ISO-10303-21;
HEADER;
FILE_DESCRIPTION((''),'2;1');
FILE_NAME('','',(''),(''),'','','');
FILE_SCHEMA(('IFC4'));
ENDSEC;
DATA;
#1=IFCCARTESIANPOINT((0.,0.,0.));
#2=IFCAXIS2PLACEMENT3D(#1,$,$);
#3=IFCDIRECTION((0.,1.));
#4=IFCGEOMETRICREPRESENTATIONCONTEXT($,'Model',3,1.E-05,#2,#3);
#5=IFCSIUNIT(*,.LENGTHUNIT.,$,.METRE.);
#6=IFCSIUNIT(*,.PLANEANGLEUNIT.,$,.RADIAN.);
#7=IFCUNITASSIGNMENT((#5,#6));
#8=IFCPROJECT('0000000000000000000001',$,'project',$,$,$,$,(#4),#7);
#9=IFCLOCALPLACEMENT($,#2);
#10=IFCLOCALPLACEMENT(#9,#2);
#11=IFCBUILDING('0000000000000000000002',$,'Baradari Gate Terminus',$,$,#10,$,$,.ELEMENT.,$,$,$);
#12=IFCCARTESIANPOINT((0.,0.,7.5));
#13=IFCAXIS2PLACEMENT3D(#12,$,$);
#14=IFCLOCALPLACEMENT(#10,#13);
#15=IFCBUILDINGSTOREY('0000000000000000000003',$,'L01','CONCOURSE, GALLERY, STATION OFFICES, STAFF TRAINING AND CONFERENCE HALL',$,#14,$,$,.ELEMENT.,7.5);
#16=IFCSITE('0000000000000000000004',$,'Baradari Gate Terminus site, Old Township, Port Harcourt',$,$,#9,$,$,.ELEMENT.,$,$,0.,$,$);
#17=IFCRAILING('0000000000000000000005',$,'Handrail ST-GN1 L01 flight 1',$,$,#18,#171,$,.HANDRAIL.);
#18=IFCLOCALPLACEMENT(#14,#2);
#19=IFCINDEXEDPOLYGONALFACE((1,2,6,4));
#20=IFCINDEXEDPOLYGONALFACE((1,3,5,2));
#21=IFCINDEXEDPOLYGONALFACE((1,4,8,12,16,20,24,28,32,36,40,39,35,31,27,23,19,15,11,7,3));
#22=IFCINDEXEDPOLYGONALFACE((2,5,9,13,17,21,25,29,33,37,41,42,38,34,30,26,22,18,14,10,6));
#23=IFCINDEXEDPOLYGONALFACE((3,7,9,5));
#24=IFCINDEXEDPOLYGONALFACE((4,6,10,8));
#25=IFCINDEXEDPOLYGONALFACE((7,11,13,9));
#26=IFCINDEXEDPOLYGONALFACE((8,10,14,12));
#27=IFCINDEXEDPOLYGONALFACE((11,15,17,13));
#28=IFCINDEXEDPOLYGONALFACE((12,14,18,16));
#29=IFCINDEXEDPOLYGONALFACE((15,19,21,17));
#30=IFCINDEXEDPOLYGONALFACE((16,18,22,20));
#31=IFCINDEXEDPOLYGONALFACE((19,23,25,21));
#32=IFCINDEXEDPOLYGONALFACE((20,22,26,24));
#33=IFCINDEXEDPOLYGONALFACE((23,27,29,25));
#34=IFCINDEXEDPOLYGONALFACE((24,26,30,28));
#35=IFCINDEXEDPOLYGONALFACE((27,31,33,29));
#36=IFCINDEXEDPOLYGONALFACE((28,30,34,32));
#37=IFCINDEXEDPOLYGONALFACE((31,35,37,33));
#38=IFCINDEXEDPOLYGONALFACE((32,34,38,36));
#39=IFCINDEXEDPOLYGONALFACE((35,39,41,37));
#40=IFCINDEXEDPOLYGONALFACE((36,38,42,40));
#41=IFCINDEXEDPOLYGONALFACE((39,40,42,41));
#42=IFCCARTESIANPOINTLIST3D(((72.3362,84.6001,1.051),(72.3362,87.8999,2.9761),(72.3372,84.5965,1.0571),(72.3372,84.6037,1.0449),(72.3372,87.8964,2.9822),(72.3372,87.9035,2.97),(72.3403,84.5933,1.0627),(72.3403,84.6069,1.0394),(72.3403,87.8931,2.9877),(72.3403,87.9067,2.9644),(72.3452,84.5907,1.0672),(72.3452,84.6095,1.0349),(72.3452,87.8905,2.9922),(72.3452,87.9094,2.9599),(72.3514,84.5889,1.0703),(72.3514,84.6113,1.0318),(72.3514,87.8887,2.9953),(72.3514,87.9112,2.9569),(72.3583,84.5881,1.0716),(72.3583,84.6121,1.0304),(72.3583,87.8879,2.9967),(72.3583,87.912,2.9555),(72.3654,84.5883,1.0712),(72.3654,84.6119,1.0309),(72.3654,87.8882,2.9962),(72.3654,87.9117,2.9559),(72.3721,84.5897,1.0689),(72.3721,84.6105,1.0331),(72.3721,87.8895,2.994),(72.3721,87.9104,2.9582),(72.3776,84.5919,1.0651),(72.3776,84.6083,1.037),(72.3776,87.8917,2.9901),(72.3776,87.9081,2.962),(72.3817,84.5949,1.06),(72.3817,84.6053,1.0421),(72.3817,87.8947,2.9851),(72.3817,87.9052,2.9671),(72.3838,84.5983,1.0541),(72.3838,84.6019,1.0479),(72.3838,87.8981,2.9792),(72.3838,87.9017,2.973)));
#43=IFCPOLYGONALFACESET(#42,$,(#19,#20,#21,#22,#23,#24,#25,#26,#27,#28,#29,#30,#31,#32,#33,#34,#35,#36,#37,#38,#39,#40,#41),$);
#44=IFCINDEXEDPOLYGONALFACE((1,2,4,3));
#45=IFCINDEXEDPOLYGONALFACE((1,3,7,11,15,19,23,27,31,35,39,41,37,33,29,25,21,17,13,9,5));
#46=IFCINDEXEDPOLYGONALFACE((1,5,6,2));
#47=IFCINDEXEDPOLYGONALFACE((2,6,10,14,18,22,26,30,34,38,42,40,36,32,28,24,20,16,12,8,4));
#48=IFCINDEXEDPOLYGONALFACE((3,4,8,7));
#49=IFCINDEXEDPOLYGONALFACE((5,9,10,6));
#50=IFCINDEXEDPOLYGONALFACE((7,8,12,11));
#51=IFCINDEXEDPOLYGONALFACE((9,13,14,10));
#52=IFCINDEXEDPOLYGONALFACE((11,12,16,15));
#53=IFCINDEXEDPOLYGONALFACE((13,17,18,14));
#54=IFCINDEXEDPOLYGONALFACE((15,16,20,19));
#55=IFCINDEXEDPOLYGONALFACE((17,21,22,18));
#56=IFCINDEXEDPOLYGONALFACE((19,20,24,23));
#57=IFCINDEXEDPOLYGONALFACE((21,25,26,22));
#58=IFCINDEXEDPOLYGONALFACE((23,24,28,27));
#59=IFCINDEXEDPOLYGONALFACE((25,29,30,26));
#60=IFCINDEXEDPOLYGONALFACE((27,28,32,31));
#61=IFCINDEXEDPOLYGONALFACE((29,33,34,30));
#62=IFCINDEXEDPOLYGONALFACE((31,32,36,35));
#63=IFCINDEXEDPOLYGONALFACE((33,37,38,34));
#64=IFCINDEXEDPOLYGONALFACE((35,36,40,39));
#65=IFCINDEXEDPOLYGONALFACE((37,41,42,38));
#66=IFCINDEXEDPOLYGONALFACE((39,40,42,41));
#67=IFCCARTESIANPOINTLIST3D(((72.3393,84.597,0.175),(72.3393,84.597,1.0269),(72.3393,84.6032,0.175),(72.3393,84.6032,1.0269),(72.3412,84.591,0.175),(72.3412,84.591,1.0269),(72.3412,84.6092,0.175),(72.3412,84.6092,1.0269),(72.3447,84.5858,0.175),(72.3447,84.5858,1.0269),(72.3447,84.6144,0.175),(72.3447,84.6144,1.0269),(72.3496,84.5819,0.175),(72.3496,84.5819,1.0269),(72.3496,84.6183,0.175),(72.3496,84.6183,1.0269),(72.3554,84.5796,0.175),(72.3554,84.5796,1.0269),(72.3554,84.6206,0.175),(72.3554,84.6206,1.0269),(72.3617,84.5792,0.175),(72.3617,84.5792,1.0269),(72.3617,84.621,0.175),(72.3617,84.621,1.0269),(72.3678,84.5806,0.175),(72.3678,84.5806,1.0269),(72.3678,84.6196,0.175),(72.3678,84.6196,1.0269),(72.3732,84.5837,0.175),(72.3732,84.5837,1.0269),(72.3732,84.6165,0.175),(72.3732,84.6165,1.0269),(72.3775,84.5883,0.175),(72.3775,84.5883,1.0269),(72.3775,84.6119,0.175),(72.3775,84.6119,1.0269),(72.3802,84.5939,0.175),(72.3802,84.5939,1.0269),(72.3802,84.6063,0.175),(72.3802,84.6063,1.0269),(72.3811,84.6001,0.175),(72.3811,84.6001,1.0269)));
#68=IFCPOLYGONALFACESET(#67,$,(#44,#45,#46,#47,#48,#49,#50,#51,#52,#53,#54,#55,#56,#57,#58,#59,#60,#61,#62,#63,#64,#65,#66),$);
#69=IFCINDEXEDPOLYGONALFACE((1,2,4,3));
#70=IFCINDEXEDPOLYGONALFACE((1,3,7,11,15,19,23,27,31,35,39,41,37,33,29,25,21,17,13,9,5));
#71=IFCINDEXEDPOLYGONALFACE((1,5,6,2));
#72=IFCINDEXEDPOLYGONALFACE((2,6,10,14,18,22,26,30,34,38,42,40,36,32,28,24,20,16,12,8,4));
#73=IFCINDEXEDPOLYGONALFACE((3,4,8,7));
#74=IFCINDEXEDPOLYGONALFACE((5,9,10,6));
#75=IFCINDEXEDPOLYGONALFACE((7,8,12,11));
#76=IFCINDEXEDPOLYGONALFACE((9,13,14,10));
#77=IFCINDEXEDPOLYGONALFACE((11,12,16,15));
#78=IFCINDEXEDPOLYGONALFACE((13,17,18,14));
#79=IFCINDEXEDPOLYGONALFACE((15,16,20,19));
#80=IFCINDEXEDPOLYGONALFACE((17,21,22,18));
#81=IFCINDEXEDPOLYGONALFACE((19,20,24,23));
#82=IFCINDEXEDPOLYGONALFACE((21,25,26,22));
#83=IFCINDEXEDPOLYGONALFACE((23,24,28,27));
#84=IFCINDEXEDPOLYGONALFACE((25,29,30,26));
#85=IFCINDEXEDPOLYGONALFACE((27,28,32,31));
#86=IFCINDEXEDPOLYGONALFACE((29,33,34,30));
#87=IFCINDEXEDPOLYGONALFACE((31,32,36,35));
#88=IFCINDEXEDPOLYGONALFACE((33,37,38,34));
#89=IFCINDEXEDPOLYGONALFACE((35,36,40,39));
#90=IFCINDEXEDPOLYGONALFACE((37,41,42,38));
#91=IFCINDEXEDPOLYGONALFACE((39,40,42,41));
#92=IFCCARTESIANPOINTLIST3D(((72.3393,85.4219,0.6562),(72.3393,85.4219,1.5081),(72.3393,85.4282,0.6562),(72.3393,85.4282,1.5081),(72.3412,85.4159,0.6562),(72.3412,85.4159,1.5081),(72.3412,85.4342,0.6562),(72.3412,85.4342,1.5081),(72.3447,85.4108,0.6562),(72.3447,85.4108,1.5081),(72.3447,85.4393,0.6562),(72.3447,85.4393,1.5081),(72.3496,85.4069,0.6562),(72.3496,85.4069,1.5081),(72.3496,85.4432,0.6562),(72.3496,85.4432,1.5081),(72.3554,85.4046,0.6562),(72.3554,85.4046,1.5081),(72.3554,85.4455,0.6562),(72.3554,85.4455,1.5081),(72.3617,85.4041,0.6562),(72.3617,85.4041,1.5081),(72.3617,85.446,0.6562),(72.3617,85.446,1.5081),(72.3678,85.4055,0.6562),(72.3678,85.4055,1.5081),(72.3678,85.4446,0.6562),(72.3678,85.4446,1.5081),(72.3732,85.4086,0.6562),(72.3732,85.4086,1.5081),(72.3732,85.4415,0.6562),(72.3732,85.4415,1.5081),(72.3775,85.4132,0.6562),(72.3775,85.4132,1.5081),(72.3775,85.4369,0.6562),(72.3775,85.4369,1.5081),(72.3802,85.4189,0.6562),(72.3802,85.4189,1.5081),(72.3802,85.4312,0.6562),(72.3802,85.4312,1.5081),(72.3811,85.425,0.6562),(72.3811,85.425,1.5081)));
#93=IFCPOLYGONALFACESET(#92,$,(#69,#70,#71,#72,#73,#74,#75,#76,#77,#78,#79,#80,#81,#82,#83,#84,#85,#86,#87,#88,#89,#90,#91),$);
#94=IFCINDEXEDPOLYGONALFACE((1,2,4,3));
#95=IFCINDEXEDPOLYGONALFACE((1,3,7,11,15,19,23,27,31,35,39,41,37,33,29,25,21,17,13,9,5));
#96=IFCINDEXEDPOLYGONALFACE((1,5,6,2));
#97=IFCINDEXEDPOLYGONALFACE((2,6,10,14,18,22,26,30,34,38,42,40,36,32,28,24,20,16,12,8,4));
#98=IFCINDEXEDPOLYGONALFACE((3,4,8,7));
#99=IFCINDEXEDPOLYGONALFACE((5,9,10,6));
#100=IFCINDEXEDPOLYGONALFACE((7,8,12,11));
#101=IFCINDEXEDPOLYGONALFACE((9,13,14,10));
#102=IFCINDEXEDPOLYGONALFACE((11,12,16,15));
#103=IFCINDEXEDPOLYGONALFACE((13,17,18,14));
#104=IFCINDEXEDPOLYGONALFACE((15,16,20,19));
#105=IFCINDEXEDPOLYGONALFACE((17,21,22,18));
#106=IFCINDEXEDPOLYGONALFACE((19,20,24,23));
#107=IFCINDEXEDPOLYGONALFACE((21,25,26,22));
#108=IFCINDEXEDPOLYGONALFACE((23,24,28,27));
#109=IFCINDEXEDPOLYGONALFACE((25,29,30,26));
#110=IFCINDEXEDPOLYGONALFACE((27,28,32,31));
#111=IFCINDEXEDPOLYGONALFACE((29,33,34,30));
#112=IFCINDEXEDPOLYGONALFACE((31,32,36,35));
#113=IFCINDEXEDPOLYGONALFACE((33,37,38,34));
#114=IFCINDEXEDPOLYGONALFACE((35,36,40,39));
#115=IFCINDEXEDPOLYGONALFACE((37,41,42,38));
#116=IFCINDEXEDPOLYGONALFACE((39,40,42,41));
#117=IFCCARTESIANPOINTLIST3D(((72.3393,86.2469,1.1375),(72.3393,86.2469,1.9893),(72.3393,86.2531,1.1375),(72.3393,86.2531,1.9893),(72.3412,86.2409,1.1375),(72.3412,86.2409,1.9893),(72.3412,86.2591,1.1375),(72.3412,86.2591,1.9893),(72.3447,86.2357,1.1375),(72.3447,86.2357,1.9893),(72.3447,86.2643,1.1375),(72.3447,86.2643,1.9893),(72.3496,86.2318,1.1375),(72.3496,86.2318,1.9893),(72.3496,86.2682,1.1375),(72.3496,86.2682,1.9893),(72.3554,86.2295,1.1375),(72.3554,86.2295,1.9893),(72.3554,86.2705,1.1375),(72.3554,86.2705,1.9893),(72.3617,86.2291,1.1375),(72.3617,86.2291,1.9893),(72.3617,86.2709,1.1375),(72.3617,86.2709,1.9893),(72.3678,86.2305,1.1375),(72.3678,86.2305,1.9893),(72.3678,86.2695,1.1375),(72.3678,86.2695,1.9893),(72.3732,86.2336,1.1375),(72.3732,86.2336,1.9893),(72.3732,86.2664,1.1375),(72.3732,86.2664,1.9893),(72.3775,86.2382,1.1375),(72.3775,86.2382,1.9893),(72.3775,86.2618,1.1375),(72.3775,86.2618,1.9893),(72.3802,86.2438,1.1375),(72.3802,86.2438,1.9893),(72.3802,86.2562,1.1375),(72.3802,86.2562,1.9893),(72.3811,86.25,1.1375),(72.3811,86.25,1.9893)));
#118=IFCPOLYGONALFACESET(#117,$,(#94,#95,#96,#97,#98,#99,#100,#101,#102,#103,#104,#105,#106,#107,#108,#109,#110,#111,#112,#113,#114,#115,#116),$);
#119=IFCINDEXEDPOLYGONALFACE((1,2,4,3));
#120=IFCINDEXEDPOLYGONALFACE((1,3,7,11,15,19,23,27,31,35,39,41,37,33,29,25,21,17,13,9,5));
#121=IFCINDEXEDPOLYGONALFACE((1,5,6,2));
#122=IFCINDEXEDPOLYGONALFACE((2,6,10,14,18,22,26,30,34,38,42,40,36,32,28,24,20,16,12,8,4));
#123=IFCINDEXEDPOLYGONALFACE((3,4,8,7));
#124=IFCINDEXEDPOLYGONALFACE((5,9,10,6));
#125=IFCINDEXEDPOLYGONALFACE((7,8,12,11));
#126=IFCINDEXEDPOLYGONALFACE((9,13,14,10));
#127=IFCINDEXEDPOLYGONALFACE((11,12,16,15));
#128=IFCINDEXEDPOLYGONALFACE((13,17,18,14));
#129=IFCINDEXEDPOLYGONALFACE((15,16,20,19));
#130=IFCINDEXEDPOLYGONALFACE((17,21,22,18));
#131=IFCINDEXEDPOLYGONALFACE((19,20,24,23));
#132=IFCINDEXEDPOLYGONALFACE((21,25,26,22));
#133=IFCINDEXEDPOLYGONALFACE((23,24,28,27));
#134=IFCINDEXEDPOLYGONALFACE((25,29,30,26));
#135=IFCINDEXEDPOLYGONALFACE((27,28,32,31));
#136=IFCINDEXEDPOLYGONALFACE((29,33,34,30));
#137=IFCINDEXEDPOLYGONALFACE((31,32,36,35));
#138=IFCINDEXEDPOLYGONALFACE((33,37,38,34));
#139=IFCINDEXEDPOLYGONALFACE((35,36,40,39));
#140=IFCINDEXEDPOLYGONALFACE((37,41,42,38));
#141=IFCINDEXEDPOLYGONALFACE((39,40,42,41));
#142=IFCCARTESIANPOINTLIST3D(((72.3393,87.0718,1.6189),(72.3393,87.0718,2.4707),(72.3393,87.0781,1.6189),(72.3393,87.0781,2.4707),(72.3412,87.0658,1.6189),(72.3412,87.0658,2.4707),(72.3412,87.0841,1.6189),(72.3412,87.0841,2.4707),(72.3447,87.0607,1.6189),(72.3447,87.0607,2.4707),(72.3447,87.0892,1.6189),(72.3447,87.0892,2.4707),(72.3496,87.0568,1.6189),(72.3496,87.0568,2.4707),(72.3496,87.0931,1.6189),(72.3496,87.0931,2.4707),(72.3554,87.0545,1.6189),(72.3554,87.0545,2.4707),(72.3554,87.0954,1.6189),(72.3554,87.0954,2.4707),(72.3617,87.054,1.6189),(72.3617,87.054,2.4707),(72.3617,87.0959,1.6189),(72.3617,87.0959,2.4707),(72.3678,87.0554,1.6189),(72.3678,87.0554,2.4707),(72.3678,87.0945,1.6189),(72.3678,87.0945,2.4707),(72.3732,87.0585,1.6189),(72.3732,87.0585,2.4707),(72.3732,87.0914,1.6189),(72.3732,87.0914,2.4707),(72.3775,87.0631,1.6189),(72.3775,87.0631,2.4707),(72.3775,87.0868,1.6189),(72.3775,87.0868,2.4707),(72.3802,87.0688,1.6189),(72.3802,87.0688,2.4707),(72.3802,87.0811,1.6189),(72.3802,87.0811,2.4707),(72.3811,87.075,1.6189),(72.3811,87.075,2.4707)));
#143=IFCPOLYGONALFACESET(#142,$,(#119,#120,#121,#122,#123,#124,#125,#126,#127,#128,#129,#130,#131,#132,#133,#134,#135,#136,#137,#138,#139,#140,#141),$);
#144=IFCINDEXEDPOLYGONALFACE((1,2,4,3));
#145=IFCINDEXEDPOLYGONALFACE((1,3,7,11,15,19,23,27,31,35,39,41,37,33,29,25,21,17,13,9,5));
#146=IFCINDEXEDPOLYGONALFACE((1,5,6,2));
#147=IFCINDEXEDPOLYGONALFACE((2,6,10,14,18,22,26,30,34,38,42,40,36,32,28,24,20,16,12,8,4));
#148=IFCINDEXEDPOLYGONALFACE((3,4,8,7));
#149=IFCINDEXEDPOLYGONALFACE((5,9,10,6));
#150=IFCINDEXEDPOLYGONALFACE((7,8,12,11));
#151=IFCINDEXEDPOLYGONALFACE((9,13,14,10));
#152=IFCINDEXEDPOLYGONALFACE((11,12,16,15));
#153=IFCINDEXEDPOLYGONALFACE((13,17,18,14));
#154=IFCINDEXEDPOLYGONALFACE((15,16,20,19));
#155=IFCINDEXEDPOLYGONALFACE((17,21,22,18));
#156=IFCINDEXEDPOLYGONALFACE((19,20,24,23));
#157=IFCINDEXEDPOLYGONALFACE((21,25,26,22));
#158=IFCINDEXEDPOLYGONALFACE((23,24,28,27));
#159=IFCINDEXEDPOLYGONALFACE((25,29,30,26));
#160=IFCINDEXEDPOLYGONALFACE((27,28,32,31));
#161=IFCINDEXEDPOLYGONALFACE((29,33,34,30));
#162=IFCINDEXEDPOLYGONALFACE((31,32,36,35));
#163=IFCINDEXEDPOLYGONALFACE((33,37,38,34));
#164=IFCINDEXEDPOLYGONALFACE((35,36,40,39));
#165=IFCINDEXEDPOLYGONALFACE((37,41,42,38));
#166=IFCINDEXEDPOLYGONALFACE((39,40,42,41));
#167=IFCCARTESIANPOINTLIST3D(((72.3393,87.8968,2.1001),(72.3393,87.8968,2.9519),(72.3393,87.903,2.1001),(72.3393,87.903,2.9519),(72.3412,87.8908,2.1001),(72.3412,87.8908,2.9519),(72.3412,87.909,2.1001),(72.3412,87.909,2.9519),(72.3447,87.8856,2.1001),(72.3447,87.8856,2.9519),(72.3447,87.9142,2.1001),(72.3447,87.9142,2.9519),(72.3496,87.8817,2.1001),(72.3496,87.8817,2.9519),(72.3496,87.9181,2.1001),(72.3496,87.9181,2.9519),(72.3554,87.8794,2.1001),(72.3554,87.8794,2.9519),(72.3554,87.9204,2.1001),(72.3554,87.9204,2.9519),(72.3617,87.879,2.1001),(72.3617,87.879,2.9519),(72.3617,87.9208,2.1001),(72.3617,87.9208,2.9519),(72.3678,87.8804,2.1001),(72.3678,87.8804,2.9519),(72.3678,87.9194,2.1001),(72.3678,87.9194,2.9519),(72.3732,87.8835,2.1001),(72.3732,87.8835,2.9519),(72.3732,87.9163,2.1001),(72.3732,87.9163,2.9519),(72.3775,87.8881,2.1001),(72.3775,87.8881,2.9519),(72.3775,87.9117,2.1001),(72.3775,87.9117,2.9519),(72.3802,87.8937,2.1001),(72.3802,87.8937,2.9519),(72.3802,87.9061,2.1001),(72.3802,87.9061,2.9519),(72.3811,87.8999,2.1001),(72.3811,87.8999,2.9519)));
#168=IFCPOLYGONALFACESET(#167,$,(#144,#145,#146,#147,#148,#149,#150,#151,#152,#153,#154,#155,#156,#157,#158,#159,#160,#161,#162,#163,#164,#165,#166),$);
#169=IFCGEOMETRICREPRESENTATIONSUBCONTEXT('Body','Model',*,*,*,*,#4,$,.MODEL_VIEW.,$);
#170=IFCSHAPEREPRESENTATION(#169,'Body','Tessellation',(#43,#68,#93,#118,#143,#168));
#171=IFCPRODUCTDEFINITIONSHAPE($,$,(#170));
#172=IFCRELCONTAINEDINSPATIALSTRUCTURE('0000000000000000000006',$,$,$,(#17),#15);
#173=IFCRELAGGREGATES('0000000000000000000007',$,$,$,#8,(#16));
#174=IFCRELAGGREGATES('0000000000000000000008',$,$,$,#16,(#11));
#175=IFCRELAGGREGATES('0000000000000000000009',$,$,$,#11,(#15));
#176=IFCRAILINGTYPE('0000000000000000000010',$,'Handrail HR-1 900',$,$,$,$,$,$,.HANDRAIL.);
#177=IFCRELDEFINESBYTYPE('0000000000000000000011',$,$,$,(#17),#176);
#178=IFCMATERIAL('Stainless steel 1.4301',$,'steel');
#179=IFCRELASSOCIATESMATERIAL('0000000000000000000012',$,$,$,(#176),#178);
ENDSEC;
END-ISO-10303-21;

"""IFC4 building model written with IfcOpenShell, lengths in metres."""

from ifc_helpers import new_model, si_unit, direction, frame, origin, origin_2d, place, context, subcontext, project, spatial, circle, extrude, material, type_object, element, save


model = new_model("IFC4")

# Units and contexts
model_context = context("Model", 3, precision=1e-05, world=origin(), true_north=direction((0.0, 1.0)))
body_context = subcontext(model_context, "Body", "Model", "MODEL_VIEW")
ifc_project = project(units=[si_unit("LENGTHUNIT", "METRE"), si_unit("PLANEANGLEUNIT", "RADIAN")], contexts=[model_context])

# Site, building, storey
site_placement = place(None, origin())
site = spatial("IfcSite", under=ifc_project, at=site_placement, Name="Baradari Gate Terminus site, Old Township, Port Harcourt", CompositionType="ELEMENT", RefElevation=0.0)
building_placement = place(site_placement, origin())
building = spatial("IfcBuilding", under=site, at=building_placement, Name="Baradari Gate Terminus", CompositionType="ELEMENT")
storey_placement = place(building_placement, frame((0.0, 0.0, 7.5)))
storey = spatial("IfcBuildingStorey", under=building, at=storey_placement, Name="L01", Description="CONCOURSE, GALLERY, STATION OFFICES, STAFF TRAINING AND CONFERENCE HALL", CompositionType="ELEMENT", Elevation=7.5)

# Railing
ifc_material_1 = material(Name="Stainless steel 1.4301", Category="steel")
railing_type = type_object("IfcRailingType", Name="Handrail HR-1 900", PredefinedType="HANDRAIL", material=ifc_material_1)
for number, where, name in (
    (1, (72.3601, 84.6001, 0.175), "Handrail ST-GN1 L01 flight 1"),
):
    element("IfcRailing", number, at=place(storey_placement, frame(where)), inside=storey, type_object=railing_type, Name=name, PredefinedType="HANDRAIL", context=body_context, shape_type="SweptSolid", body=[
        extrude(circle(Radius=0.0239, at=origin_2d()), frame((0.0, 0.0, 0.876), z_axis=(0.0, 0.86376, 0.503903), x_axis=(-1.0, 0.0, 0.0)), (0.0, 0.0, 1.0), 3.8203),
        extrude(circle(Radius=0.021, at=origin_2d()), origin(), (0.0, 0.0, 1.0), 0.8518),
        extrude(circle(Radius=0.021, at=origin_2d()), frame((0.0, 0.825, 0.4812)), (0.0, 0.0, 1.0), 0.8518),
        extrude(circle(Radius=0.021, at=origin_2d()), frame((0.0, 1.6499, 0.9624)), (0.0, 0.0, 1.0), 0.8518),
        extrude(circle(Radius=0.021, at=origin_2d()), frame((0.0, 2.4749, 1.4438)), (0.0, 0.0, 1.0), 0.8518),
        extrude(circle(Radius=0.021, at=origin_2d()), frame((0.0, 3.2998, 1.925)), (0.0, 0.0, 1.0), 0.8518),
    ])

save(model, "model.ifc")
